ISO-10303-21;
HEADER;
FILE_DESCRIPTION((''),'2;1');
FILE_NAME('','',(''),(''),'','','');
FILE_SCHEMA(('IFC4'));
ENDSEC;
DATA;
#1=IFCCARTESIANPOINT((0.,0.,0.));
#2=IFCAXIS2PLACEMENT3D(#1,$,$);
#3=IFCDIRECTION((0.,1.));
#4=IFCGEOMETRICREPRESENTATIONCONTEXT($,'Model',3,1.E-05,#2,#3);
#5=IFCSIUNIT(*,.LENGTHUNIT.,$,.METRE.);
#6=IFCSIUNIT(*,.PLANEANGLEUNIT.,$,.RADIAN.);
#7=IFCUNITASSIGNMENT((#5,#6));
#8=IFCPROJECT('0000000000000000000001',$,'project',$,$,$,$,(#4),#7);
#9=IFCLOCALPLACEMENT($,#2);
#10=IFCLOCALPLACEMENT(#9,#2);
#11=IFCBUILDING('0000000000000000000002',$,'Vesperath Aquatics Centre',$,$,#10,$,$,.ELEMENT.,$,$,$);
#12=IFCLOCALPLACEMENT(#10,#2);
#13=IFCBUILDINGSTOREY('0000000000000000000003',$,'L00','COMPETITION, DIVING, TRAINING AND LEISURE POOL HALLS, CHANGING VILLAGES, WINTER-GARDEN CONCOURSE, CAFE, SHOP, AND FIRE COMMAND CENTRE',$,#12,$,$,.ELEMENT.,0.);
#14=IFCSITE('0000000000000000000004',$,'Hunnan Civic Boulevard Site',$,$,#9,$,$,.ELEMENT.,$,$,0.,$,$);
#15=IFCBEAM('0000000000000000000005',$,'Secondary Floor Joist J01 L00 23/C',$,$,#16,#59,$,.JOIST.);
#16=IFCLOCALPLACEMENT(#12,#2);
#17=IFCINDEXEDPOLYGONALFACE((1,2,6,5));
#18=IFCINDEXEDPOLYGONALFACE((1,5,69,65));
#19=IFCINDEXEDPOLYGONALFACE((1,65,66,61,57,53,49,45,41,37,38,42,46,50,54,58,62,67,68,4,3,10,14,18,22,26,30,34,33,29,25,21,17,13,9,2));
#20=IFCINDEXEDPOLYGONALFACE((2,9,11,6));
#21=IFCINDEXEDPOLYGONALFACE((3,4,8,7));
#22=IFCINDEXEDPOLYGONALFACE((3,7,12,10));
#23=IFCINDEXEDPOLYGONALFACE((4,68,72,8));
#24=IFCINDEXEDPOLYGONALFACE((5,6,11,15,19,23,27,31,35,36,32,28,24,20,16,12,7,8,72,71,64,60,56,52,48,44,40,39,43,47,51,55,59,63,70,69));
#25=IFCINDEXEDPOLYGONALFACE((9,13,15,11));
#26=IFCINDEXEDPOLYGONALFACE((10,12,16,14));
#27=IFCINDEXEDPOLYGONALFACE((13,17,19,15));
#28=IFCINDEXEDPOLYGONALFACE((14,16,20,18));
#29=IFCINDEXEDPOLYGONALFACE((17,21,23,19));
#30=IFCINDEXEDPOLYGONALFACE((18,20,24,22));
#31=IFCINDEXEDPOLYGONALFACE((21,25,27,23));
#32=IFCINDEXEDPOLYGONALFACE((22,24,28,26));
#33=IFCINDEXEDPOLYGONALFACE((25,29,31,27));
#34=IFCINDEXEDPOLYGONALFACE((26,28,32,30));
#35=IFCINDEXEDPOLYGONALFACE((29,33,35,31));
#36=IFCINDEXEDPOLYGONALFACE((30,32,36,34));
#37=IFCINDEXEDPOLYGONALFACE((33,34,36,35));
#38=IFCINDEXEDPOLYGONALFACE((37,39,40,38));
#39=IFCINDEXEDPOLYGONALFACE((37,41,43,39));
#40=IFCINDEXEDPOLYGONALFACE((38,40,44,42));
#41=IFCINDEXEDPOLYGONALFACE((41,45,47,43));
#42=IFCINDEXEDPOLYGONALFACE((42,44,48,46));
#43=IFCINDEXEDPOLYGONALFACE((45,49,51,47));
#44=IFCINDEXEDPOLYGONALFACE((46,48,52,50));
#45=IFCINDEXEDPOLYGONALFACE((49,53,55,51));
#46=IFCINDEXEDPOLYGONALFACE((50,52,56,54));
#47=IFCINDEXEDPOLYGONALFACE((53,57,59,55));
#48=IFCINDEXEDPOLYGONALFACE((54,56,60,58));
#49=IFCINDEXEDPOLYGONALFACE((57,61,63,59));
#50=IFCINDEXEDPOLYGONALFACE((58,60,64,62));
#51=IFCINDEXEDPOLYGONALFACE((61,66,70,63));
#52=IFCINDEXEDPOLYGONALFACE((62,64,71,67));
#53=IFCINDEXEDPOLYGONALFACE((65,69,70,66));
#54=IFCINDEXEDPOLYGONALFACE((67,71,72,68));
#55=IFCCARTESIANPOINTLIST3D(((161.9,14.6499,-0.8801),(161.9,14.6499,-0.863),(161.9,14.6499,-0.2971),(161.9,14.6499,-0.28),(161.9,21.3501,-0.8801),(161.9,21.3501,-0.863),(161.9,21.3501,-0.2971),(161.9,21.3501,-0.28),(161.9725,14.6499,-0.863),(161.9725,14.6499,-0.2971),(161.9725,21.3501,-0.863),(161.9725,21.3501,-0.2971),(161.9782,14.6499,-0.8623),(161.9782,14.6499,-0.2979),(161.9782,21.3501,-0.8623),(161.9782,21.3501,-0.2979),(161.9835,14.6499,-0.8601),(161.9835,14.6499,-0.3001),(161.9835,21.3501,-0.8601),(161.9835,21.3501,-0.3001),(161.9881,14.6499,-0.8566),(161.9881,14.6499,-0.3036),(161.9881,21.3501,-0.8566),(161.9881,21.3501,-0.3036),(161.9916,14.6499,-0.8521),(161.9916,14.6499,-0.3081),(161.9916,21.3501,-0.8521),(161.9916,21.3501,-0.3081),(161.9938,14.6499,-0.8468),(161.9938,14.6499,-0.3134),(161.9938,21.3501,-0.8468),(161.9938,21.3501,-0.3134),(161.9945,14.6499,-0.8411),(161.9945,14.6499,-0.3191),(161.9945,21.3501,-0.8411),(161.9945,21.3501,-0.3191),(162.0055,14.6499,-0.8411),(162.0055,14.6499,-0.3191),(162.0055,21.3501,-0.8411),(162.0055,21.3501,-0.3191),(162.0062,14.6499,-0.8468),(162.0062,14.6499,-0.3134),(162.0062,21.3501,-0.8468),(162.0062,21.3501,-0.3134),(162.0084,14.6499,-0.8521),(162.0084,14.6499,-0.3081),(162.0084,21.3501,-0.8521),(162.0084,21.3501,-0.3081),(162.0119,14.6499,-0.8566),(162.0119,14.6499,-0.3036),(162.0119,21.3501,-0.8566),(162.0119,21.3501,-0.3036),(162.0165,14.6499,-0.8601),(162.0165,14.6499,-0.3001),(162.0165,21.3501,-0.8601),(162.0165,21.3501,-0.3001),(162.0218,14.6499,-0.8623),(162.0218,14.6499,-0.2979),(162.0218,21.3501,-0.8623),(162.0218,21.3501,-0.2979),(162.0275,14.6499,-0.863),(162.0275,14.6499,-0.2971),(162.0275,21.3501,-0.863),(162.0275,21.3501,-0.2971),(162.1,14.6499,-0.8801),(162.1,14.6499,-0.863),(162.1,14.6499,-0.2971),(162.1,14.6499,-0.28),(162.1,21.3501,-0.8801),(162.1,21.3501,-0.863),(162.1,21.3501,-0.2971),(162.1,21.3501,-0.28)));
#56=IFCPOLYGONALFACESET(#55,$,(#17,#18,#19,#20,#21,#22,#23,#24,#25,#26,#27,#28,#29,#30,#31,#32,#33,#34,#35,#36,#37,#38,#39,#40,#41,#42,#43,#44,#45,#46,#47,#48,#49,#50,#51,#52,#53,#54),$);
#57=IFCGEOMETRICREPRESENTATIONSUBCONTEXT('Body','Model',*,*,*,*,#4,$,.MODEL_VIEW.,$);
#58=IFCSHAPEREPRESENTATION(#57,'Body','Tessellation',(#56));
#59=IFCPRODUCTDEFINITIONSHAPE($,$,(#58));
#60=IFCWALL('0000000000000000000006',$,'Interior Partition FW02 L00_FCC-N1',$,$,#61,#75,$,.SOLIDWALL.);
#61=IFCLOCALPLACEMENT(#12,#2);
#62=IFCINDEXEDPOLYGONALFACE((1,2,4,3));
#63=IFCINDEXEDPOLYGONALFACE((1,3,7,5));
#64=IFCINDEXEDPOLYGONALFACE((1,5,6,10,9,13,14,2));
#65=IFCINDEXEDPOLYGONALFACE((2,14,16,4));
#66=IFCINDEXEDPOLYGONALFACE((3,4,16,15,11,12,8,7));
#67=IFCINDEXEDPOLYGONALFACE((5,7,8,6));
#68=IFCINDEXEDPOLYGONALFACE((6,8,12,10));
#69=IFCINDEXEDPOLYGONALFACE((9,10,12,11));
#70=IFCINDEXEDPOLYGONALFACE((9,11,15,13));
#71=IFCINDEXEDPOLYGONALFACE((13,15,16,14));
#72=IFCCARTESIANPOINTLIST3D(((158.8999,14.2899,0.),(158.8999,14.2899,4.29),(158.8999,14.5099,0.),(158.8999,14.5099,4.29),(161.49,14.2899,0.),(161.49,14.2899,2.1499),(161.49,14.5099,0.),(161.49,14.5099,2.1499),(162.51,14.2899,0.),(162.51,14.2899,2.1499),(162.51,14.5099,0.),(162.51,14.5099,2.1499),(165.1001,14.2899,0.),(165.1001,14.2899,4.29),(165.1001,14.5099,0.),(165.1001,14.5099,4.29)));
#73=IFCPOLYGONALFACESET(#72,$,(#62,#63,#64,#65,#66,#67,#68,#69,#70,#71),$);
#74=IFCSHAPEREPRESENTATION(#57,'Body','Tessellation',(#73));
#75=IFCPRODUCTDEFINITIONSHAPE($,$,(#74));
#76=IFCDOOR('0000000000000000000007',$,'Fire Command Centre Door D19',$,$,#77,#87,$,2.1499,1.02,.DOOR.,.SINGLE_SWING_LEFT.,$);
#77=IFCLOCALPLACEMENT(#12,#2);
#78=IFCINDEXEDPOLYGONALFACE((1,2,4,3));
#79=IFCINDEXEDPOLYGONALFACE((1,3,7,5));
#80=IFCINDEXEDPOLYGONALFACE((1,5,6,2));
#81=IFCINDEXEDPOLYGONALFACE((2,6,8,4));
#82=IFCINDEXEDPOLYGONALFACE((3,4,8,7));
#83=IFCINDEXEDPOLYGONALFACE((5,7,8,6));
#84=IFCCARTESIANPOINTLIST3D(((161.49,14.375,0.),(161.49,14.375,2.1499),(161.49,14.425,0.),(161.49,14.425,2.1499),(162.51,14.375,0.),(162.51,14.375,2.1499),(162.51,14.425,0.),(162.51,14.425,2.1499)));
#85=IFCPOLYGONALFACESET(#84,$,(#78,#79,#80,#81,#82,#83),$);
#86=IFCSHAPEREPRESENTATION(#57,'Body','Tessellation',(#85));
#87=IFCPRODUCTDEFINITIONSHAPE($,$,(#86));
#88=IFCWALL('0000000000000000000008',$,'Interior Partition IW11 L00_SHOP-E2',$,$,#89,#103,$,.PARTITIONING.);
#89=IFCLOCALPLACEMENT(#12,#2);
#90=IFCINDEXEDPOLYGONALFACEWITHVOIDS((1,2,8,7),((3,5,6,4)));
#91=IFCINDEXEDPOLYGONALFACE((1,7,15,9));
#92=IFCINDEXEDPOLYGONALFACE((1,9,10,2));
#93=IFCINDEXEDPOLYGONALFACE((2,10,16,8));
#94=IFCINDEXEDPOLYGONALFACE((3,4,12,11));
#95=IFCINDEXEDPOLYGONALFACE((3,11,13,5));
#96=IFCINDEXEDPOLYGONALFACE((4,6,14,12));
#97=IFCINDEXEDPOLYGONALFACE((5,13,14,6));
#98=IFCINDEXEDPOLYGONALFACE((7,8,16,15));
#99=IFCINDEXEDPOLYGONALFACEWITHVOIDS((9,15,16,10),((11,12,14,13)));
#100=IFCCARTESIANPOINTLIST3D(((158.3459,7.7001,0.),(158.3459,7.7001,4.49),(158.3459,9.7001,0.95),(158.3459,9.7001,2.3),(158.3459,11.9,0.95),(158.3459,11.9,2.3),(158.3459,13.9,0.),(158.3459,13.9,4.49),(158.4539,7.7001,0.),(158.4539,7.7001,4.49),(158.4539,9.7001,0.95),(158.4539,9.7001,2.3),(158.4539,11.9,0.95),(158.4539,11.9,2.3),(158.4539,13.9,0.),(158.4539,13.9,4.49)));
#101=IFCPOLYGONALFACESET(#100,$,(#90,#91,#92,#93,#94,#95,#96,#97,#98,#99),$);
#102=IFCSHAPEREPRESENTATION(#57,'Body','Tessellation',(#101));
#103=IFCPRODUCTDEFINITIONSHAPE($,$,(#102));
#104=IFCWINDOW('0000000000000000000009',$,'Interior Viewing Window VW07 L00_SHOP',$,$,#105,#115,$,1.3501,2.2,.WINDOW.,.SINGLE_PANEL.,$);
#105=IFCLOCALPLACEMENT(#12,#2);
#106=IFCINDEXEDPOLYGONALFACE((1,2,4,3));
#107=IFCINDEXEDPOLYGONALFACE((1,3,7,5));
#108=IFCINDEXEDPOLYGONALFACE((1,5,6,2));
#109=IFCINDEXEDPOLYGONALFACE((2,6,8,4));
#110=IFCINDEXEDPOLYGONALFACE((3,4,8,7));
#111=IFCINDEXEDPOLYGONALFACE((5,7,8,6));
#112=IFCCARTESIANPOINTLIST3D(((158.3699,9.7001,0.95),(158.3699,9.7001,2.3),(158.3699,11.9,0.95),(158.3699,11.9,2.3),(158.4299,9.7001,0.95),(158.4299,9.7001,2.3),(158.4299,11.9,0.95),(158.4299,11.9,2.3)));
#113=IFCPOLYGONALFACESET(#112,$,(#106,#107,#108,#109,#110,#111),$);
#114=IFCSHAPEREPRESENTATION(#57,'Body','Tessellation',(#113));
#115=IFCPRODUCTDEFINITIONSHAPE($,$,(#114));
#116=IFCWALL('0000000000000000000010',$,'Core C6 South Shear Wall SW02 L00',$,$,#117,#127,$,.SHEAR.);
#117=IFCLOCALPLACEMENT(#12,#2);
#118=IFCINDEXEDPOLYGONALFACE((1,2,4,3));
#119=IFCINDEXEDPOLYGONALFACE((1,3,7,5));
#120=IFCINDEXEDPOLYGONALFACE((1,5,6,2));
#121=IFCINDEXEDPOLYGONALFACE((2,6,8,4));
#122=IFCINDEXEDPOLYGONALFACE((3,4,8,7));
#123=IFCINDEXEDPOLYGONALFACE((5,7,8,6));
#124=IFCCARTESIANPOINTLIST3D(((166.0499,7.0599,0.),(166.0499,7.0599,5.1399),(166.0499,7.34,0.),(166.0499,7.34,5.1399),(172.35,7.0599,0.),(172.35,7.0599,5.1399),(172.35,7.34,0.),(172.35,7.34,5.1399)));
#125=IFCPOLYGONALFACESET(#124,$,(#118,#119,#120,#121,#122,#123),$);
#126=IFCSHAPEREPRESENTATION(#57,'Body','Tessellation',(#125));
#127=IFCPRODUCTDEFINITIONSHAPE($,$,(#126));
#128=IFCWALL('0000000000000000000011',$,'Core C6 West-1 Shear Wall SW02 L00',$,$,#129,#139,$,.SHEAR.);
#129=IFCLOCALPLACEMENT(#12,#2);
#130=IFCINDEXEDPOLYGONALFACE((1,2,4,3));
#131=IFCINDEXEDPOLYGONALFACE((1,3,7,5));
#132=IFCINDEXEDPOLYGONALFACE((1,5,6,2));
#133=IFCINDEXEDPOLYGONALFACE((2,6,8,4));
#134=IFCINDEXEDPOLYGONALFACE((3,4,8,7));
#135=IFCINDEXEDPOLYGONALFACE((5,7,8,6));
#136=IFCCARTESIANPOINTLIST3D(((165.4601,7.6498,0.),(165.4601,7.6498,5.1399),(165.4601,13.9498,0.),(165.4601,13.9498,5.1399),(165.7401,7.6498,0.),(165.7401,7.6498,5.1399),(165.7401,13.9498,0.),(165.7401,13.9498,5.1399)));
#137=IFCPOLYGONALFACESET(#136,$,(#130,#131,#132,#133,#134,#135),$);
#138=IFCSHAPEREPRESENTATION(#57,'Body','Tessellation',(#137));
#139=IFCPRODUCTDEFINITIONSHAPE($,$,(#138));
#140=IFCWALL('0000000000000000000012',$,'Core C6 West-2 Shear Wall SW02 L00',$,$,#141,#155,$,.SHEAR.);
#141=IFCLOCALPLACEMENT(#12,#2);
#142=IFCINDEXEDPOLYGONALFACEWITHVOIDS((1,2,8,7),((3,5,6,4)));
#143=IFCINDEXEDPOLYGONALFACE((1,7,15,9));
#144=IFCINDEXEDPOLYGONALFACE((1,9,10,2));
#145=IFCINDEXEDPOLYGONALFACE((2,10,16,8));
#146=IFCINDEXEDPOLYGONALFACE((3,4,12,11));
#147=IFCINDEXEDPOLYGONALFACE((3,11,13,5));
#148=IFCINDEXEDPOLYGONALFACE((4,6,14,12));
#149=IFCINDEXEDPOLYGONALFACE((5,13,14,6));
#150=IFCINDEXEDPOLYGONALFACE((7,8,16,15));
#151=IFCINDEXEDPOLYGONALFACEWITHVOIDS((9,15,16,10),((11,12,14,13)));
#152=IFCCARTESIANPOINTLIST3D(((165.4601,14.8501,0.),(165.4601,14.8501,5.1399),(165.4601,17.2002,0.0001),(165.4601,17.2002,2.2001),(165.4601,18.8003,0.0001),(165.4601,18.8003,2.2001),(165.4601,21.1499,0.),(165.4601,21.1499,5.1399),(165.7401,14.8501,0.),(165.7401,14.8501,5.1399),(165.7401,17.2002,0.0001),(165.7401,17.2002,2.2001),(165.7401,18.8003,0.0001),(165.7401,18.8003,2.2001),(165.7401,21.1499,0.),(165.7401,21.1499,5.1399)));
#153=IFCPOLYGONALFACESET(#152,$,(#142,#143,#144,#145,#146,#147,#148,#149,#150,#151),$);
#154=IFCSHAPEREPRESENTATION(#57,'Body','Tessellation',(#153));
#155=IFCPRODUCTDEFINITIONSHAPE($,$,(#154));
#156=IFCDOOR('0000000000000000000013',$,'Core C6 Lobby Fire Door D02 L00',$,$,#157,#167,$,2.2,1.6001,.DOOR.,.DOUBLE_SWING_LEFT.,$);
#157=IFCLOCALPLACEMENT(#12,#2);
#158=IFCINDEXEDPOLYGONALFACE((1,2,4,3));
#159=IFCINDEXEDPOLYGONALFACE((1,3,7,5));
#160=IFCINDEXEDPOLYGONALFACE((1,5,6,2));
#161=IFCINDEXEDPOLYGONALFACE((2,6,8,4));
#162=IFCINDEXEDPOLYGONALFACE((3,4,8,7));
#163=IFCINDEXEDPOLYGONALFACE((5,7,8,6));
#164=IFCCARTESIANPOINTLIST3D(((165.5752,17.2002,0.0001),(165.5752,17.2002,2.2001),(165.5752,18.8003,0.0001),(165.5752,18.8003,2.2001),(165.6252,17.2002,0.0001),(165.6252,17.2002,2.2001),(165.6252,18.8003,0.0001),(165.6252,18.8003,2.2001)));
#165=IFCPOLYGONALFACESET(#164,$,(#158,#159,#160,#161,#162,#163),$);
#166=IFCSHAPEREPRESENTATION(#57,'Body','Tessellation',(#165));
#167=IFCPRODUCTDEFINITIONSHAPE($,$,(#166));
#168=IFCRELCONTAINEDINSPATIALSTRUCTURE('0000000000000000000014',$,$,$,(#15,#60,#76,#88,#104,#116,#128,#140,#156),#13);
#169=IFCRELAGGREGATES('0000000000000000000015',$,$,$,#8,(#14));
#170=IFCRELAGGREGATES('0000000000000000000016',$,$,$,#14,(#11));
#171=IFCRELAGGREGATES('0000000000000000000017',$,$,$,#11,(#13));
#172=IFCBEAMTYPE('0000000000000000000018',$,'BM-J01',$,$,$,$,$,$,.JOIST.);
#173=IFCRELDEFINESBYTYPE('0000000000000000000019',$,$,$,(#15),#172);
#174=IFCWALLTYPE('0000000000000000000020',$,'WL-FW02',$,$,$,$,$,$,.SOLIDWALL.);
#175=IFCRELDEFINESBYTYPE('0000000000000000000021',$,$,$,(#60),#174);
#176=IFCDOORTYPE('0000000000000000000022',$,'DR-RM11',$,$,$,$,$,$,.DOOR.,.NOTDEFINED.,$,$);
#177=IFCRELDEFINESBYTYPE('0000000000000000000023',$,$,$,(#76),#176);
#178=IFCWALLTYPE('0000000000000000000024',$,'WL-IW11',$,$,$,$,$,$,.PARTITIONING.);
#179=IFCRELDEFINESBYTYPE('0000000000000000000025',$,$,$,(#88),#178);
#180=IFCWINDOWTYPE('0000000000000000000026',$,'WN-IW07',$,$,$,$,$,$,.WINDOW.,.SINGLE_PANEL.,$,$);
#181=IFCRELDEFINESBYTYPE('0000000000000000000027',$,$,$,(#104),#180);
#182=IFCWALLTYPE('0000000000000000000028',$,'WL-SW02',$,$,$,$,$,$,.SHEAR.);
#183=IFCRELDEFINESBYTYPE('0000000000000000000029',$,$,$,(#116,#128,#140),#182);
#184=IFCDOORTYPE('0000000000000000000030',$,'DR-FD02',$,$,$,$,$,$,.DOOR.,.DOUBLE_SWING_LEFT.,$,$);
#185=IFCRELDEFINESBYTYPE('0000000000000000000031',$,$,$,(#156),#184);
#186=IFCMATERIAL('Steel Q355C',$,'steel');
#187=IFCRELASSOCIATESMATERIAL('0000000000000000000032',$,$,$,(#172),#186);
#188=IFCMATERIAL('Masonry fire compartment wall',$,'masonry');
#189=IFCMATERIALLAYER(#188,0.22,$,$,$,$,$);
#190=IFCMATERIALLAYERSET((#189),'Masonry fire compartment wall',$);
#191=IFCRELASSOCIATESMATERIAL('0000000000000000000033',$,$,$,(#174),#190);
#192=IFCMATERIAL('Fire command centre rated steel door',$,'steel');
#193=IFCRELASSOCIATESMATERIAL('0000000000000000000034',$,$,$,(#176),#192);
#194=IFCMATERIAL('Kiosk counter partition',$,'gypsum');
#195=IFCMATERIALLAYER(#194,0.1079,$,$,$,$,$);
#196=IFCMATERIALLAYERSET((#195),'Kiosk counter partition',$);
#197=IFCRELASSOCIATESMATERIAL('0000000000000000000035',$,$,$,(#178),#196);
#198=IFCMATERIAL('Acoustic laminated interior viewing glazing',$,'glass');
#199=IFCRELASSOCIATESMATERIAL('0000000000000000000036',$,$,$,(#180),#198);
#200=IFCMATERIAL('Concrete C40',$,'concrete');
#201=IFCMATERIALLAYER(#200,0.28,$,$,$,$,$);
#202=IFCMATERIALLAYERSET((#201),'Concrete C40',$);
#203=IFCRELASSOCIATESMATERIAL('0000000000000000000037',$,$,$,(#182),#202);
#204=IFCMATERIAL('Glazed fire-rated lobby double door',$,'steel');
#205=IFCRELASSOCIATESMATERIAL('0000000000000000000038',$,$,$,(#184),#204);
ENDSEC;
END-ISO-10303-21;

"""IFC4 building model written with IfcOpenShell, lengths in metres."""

from ifc_helpers import new_model, si_unit, direction, frame, frame_2d, origin, origin_2d, place, context, subcontext, project, spatial, rectangle, i_section, extrude, material, layer, layer_set, material_profile, profile_set, type_object, element, fill, save


model = new_model("IFC4")

# Units and contexts
model_context = context("Model", 3, precision=1e-05, world=origin(), true_north=direction((0.0, 1.0)))
body_context = subcontext(model_context, "Body", "Model", "MODEL_VIEW")
ifc_project = project(units=[si_unit("LENGTHUNIT", "METRE"), si_unit("PLANEANGLEUNIT", "RADIAN")], contexts=[model_context])

# Site, building, storey
site_placement = place(None, origin())
site = spatial("IfcSite", under=ifc_project, at=site_placement, Name="Hunnan Civic Boulevard Site", CompositionType="ELEMENT", RefElevation=0.0)
building_placement = place(site_placement, origin())
building = spatial("IfcBuilding", under=site, at=building_placement, Name="Vesperath Aquatics Centre", CompositionType="ELEMENT")
storey_placement = place(building_placement, origin())
storey = spatial("IfcBuildingStorey", under=building, at=storey_placement, Name="L00", Description="COMPETITION, DIVING, TRAINING AND LEISURE POOL HALLS, CHANGING VILLAGES, WINTER-GARDEN CONCOURSE, CAFE, SHOP, AND FIRE COMMAND CENTRE", CompositionType="ELEMENT", Elevation=0.0)

# Shared definitions
ifc_material_1 = material(Name="Concrete C40", Category="concrete")

# Beam
ifc_material_2 = material(Name="Steel Q355C", Category="steel")
ifc_material_profile_1 = material_profile(ifc_material_2, i_section(OverallWidth=0.2, OverallDepth=0.6001, WebThickness=0.011, FlangeThickness=0.0171, FilletRadius=0.022, at=origin_2d()), Name="HN 600x200x11x17")
ifc_profile_set_1 = profile_set([ifc_material_profile_1], Name="Steel Q355C")
beam_type_1 = type_object("IfcBeamType", Name="BM-J01", PredefinedType="JOIST", material=ifc_profile_set_1)
beam_1_placement = place(storey_placement, frame((162.0, 14.6499, -0.5801), z_axis=(0.0, 1.0, 0.0), x_axis=(-1.0, 0.0, 0.0)))
element("IfcBeam", 1, at=beam_1_placement, inside=storey, type_object=beam_type_1, Name="Secondary Floor Joist J01 L00 23/C", PredefinedType="JOIST", context=body_context, shape_type="SweptSolid", body=[
    extrude(i_section(OverallWidth=0.2, OverallDepth=0.6001, WebThickness=0.011, FlangeThickness=0.0171, FilletRadius=0.022, at=origin_2d()), origin(), (0.0, 0.0, 1.0), 6.7002),
])

# Wall, opening, door
ifc_material_3 = material(Name="Masonry fire compartment wall", Category="masonry")
ifc_layer_1 = layer(ifc_material_3, 0.22)
ifc_layer_set_1 = layer_set([ifc_layer_1], Name="Masonry fire compartment wall")
wall_type_1 = type_object("IfcWallType", Name="WL-FW02", PredefinedType="SOLIDWALL", material=ifc_layer_set_1)
wall_1_placement = place(storey_placement, frame((158.8999, 14.3999, 0.0), z_axis=(0.0, 0.0, 1.0), x_axis=(1.0, 0.0, 0.0)))
wall_1 = element("IfcWall", 2, at=wall_1_placement, inside=storey, type_object=wall_type_1, Name="Interior Partition FW02 L00_FCC-N1", PredefinedType="SOLIDWALL", context=body_context, shape_type="SweptSolid", body=[
    extrude(rectangle(XDim=6.2002, YDim=0.22, at=frame_2d((3.1001, 0.0))), origin(), (0.0, 0.0, 1.0), 4.29),
])
opening_1_placement = place(wall_1_placement, frame((2.5901, 0.0, 0.0)))
opening_1 = element("IfcOpeningElement", 3, at=opening_1_placement, cuts=wall_1, PredefinedType="OPENING", context=body_context, shape_type="SweptSolid", body=[
    extrude(rectangle(XDim=1.02, YDim=2.1499, at=frame_2d((0.51, 1.075))), frame((0.0, 0.125, 0.0), z_axis=(0.0, -1.0, 0.0), x_axis=(1.0, 0.0, 0.0)), (0.0, 0.0, 1.0), 0.2498),
])
ifc_material_4 = material(Name="Fire command centre rated steel door", Category="steel")
door_type_1 = type_object("IfcDoorType", Name="DR-RM11", OperationType="NOTDEFINED", PredefinedType="DOOR", material=ifc_material_4)
door_1_placement = place(opening_1_placement, frame((1.02, 0.0, 0.0), z_axis=(0.0, 0.0, 1.0), x_axis=(-1.0, 0.0, 0.0)))
door_1 = element("IfcDoor", 4, at=door_1_placement, inside=storey, type_object=door_type_1, Name="Fire Command Centre Door D19", OperationType="SINGLE_SWING_LEFT", OverallHeight=2.1499, OverallWidth=1.02, PredefinedType="DOOR", context=body_context, shape_type="SweptSolid", body=[
    extrude(rectangle(XDim=1.02, YDim=2.1499, at=frame_2d((0.51, 1.075))), frame((0.0, 0.0249, 0.0), z_axis=(0.0, -1.0, 0.0), x_axis=(1.0, 0.0, 0.0)), (0.0, 0.0, 1.0), 0.05),
])
fill(opening_1, door_1)

# Wall, opening, window
ifc_material_5 = material(Name="Kiosk counter partition", Category="gypsum")
ifc_layer_2 = layer(ifc_material_5, 0.1079)
ifc_layer_set_2 = layer_set([ifc_layer_2], Name="Kiosk counter partition")
wall_type_2 = type_object("IfcWallType", Name="WL-IW11", PredefinedType="PARTITIONING", material=ifc_layer_set_2)
wall_2_placement = place(storey_placement, frame((158.3999, 7.7, 0.0), z_axis=(0.0, 0.0, 1.0), x_axis=(0.0, 1.0, 0.0)))
wall_2 = element("IfcWall", 5, at=wall_2_placement, inside=storey, type_object=wall_type_2, Name="Interior Partition IW11 L00_SHOP-E2", PredefinedType="PARTITIONING", context=body_context, shape_type="SweptSolid", body=[
    extrude(rectangle(XDim=6.2, YDim=0.1079, at=frame_2d((3.1001, 0.0))), origin(), (0.0, 0.0, 1.0), 4.49),
])
opening_2_placement = place(wall_2_placement, frame((2.0, 0.0, 0.95)))
opening_2 = element("IfcOpeningElement", 6, at=opening_2_placement, cuts=wall_2, PredefinedType="OPENING", context=body_context, shape_type="SweptSolid", body=[
    extrude(rectangle(XDim=2.2, YDim=1.3501, at=frame_2d((1.1001, 0.675))), frame((0.0, 0.0688, 0.0), z_axis=(0.0, -1.0, 0.0), x_axis=(1.0, 0.0, 0.0)), (0.0, 0.0, 1.0), 0.1377),
])
ifc_material_6 = material(Name="Acoustic laminated interior viewing glazing", Category="glass")
window_type = type_object("IfcWindowType", Name="WN-IW07", PartitioningType="SINGLE_PANEL", PredefinedType="WINDOW", material=ifc_material_6)
window_placement = place(opening_2_placement, origin())
window = element("IfcWindow", 7, at=window_placement, inside=storey, type_object=window_type, Name="Interior Viewing Window VW07 L00_SHOP", OverallHeight=1.3501, OverallWidth=2.2, PartitioningType="SINGLE_PANEL", PredefinedType="WINDOW", context=body_context, shape_type="SweptSolid", body=[
    extrude(rectangle(XDim=2.2, YDim=1.3501, at=frame_2d((1.1001, 0.675))), frame((0.0, 0.03, 0.0), z_axis=(0.0, -1.0, 0.0), x_axis=(1.0, 0.0, 0.0)), (0.0, 0.0, 1.0), 0.0601),
])
fill(opening_2, window)

# Walls
ifc_layer_3 = layer(ifc_material_1, 0.28)
ifc_layer_set_3 = layer_set([ifc_layer_3], Name="Concrete C40")
wall_type_3 = type_object("IfcWallType", Name="WL-SW02", PredefinedType="SHEAR", material=ifc_layer_set_3)
for number, where, z_axis, x_axis, name in (
    (8, (166.05, 7.2, 0.0), (0.0, 0.0, 1.0), (1.0, 0.0, 0.0), "Core C6 South Shear Wall SW02 L00"),
    (9, (165.6001, 7.6499, 0.0), (0.0, 0.0, 1.0), (0.0, 1.0, 0.0), "Core C6 West-1 Shear Wall SW02 L00"),
):
    element("IfcWall", number, at=place(storey_placement, frame(where, z_axis=z_axis, x_axis=x_axis)), inside=storey, type_object=wall_type_3, Name=name, PredefinedType="SHEAR", context=body_context, shape_type="SweptSolid", body=[
        extrude(rectangle(XDim=6.3, YDim=0.28, at=frame_2d((3.1499, 0.0))), origin(), (0.0, 0.0, 1.0), 5.1399),
    ])

# Wall, opening, door
wall_3_placement = place(storey_placement, frame((165.6001, 14.8501, 0.0), z_axis=(0.0, 0.0, 1.0), x_axis=(0.0, 1.0, 0.0)))
wall_3 = element("IfcWall", 10, at=wall_3_placement, inside=storey, type_object=wall_type_3, Name="Core C6 West-2 Shear Wall SW02 L00", PredefinedType="SHEAR", context=body_context, shape_type="SweptSolid", body=[
    extrude(rectangle(XDim=6.2998, YDim=0.28, at=frame_2d((3.1499, 0.0))), origin(), (0.0, 0.0, 1.0), 5.1399),
])
opening_3_placement = place(wall_3_placement, frame((2.3501, 0.0, 0.0)))
opening_3 = element("IfcOpeningElement", 11, at=opening_3_placement, cuts=wall_3, PredefinedType="OPENING", context=body_context, shape_type="SweptSolid", body=[
    extrude(rectangle(XDim=1.6001, YDim=2.2, at=frame_2d((0.8, 1.1001))), frame((0.0, 0.1548, 0.0), z_axis=(0.0, -1.0, 0.0), x_axis=(1.0, 0.0, 0.0)), (0.0, 0.0, 1.0), 0.3098),
])
ifc_material_7 = material(Name="Glazed fire-rated lobby double door", Category="steel")
door_type_2 = type_object("IfcDoorType", Name="DR-FD02", OperationType="DOUBLE_SWING_LEFT", PredefinedType="DOOR", material=ifc_material_7)
door_2_placement = place(opening_3_placement, origin())
door_2 = element("IfcDoor", 12, at=door_2_placement, inside=storey, type_object=door_type_2, Name="Core C6 Lobby Fire Door D02 L00", OperationType="DOUBLE_SWING_LEFT", OverallHeight=2.2, OverallWidth=1.6001, PredefinedType="DOOR", context=body_context, shape_type="SweptSolid", body=[
    extrude(rectangle(XDim=1.6001, YDim=2.2, at=frame_2d((0.8, 1.1001))), frame((0.0, 0.0249, 0.0), z_axis=(0.0, -1.0, 0.0), x_axis=(1.0, 0.0, 0.0)), (0.0, 0.0, 1.0), 0.05),
])
fill(opening_3, door_2)

save(model, "model.ifc")
